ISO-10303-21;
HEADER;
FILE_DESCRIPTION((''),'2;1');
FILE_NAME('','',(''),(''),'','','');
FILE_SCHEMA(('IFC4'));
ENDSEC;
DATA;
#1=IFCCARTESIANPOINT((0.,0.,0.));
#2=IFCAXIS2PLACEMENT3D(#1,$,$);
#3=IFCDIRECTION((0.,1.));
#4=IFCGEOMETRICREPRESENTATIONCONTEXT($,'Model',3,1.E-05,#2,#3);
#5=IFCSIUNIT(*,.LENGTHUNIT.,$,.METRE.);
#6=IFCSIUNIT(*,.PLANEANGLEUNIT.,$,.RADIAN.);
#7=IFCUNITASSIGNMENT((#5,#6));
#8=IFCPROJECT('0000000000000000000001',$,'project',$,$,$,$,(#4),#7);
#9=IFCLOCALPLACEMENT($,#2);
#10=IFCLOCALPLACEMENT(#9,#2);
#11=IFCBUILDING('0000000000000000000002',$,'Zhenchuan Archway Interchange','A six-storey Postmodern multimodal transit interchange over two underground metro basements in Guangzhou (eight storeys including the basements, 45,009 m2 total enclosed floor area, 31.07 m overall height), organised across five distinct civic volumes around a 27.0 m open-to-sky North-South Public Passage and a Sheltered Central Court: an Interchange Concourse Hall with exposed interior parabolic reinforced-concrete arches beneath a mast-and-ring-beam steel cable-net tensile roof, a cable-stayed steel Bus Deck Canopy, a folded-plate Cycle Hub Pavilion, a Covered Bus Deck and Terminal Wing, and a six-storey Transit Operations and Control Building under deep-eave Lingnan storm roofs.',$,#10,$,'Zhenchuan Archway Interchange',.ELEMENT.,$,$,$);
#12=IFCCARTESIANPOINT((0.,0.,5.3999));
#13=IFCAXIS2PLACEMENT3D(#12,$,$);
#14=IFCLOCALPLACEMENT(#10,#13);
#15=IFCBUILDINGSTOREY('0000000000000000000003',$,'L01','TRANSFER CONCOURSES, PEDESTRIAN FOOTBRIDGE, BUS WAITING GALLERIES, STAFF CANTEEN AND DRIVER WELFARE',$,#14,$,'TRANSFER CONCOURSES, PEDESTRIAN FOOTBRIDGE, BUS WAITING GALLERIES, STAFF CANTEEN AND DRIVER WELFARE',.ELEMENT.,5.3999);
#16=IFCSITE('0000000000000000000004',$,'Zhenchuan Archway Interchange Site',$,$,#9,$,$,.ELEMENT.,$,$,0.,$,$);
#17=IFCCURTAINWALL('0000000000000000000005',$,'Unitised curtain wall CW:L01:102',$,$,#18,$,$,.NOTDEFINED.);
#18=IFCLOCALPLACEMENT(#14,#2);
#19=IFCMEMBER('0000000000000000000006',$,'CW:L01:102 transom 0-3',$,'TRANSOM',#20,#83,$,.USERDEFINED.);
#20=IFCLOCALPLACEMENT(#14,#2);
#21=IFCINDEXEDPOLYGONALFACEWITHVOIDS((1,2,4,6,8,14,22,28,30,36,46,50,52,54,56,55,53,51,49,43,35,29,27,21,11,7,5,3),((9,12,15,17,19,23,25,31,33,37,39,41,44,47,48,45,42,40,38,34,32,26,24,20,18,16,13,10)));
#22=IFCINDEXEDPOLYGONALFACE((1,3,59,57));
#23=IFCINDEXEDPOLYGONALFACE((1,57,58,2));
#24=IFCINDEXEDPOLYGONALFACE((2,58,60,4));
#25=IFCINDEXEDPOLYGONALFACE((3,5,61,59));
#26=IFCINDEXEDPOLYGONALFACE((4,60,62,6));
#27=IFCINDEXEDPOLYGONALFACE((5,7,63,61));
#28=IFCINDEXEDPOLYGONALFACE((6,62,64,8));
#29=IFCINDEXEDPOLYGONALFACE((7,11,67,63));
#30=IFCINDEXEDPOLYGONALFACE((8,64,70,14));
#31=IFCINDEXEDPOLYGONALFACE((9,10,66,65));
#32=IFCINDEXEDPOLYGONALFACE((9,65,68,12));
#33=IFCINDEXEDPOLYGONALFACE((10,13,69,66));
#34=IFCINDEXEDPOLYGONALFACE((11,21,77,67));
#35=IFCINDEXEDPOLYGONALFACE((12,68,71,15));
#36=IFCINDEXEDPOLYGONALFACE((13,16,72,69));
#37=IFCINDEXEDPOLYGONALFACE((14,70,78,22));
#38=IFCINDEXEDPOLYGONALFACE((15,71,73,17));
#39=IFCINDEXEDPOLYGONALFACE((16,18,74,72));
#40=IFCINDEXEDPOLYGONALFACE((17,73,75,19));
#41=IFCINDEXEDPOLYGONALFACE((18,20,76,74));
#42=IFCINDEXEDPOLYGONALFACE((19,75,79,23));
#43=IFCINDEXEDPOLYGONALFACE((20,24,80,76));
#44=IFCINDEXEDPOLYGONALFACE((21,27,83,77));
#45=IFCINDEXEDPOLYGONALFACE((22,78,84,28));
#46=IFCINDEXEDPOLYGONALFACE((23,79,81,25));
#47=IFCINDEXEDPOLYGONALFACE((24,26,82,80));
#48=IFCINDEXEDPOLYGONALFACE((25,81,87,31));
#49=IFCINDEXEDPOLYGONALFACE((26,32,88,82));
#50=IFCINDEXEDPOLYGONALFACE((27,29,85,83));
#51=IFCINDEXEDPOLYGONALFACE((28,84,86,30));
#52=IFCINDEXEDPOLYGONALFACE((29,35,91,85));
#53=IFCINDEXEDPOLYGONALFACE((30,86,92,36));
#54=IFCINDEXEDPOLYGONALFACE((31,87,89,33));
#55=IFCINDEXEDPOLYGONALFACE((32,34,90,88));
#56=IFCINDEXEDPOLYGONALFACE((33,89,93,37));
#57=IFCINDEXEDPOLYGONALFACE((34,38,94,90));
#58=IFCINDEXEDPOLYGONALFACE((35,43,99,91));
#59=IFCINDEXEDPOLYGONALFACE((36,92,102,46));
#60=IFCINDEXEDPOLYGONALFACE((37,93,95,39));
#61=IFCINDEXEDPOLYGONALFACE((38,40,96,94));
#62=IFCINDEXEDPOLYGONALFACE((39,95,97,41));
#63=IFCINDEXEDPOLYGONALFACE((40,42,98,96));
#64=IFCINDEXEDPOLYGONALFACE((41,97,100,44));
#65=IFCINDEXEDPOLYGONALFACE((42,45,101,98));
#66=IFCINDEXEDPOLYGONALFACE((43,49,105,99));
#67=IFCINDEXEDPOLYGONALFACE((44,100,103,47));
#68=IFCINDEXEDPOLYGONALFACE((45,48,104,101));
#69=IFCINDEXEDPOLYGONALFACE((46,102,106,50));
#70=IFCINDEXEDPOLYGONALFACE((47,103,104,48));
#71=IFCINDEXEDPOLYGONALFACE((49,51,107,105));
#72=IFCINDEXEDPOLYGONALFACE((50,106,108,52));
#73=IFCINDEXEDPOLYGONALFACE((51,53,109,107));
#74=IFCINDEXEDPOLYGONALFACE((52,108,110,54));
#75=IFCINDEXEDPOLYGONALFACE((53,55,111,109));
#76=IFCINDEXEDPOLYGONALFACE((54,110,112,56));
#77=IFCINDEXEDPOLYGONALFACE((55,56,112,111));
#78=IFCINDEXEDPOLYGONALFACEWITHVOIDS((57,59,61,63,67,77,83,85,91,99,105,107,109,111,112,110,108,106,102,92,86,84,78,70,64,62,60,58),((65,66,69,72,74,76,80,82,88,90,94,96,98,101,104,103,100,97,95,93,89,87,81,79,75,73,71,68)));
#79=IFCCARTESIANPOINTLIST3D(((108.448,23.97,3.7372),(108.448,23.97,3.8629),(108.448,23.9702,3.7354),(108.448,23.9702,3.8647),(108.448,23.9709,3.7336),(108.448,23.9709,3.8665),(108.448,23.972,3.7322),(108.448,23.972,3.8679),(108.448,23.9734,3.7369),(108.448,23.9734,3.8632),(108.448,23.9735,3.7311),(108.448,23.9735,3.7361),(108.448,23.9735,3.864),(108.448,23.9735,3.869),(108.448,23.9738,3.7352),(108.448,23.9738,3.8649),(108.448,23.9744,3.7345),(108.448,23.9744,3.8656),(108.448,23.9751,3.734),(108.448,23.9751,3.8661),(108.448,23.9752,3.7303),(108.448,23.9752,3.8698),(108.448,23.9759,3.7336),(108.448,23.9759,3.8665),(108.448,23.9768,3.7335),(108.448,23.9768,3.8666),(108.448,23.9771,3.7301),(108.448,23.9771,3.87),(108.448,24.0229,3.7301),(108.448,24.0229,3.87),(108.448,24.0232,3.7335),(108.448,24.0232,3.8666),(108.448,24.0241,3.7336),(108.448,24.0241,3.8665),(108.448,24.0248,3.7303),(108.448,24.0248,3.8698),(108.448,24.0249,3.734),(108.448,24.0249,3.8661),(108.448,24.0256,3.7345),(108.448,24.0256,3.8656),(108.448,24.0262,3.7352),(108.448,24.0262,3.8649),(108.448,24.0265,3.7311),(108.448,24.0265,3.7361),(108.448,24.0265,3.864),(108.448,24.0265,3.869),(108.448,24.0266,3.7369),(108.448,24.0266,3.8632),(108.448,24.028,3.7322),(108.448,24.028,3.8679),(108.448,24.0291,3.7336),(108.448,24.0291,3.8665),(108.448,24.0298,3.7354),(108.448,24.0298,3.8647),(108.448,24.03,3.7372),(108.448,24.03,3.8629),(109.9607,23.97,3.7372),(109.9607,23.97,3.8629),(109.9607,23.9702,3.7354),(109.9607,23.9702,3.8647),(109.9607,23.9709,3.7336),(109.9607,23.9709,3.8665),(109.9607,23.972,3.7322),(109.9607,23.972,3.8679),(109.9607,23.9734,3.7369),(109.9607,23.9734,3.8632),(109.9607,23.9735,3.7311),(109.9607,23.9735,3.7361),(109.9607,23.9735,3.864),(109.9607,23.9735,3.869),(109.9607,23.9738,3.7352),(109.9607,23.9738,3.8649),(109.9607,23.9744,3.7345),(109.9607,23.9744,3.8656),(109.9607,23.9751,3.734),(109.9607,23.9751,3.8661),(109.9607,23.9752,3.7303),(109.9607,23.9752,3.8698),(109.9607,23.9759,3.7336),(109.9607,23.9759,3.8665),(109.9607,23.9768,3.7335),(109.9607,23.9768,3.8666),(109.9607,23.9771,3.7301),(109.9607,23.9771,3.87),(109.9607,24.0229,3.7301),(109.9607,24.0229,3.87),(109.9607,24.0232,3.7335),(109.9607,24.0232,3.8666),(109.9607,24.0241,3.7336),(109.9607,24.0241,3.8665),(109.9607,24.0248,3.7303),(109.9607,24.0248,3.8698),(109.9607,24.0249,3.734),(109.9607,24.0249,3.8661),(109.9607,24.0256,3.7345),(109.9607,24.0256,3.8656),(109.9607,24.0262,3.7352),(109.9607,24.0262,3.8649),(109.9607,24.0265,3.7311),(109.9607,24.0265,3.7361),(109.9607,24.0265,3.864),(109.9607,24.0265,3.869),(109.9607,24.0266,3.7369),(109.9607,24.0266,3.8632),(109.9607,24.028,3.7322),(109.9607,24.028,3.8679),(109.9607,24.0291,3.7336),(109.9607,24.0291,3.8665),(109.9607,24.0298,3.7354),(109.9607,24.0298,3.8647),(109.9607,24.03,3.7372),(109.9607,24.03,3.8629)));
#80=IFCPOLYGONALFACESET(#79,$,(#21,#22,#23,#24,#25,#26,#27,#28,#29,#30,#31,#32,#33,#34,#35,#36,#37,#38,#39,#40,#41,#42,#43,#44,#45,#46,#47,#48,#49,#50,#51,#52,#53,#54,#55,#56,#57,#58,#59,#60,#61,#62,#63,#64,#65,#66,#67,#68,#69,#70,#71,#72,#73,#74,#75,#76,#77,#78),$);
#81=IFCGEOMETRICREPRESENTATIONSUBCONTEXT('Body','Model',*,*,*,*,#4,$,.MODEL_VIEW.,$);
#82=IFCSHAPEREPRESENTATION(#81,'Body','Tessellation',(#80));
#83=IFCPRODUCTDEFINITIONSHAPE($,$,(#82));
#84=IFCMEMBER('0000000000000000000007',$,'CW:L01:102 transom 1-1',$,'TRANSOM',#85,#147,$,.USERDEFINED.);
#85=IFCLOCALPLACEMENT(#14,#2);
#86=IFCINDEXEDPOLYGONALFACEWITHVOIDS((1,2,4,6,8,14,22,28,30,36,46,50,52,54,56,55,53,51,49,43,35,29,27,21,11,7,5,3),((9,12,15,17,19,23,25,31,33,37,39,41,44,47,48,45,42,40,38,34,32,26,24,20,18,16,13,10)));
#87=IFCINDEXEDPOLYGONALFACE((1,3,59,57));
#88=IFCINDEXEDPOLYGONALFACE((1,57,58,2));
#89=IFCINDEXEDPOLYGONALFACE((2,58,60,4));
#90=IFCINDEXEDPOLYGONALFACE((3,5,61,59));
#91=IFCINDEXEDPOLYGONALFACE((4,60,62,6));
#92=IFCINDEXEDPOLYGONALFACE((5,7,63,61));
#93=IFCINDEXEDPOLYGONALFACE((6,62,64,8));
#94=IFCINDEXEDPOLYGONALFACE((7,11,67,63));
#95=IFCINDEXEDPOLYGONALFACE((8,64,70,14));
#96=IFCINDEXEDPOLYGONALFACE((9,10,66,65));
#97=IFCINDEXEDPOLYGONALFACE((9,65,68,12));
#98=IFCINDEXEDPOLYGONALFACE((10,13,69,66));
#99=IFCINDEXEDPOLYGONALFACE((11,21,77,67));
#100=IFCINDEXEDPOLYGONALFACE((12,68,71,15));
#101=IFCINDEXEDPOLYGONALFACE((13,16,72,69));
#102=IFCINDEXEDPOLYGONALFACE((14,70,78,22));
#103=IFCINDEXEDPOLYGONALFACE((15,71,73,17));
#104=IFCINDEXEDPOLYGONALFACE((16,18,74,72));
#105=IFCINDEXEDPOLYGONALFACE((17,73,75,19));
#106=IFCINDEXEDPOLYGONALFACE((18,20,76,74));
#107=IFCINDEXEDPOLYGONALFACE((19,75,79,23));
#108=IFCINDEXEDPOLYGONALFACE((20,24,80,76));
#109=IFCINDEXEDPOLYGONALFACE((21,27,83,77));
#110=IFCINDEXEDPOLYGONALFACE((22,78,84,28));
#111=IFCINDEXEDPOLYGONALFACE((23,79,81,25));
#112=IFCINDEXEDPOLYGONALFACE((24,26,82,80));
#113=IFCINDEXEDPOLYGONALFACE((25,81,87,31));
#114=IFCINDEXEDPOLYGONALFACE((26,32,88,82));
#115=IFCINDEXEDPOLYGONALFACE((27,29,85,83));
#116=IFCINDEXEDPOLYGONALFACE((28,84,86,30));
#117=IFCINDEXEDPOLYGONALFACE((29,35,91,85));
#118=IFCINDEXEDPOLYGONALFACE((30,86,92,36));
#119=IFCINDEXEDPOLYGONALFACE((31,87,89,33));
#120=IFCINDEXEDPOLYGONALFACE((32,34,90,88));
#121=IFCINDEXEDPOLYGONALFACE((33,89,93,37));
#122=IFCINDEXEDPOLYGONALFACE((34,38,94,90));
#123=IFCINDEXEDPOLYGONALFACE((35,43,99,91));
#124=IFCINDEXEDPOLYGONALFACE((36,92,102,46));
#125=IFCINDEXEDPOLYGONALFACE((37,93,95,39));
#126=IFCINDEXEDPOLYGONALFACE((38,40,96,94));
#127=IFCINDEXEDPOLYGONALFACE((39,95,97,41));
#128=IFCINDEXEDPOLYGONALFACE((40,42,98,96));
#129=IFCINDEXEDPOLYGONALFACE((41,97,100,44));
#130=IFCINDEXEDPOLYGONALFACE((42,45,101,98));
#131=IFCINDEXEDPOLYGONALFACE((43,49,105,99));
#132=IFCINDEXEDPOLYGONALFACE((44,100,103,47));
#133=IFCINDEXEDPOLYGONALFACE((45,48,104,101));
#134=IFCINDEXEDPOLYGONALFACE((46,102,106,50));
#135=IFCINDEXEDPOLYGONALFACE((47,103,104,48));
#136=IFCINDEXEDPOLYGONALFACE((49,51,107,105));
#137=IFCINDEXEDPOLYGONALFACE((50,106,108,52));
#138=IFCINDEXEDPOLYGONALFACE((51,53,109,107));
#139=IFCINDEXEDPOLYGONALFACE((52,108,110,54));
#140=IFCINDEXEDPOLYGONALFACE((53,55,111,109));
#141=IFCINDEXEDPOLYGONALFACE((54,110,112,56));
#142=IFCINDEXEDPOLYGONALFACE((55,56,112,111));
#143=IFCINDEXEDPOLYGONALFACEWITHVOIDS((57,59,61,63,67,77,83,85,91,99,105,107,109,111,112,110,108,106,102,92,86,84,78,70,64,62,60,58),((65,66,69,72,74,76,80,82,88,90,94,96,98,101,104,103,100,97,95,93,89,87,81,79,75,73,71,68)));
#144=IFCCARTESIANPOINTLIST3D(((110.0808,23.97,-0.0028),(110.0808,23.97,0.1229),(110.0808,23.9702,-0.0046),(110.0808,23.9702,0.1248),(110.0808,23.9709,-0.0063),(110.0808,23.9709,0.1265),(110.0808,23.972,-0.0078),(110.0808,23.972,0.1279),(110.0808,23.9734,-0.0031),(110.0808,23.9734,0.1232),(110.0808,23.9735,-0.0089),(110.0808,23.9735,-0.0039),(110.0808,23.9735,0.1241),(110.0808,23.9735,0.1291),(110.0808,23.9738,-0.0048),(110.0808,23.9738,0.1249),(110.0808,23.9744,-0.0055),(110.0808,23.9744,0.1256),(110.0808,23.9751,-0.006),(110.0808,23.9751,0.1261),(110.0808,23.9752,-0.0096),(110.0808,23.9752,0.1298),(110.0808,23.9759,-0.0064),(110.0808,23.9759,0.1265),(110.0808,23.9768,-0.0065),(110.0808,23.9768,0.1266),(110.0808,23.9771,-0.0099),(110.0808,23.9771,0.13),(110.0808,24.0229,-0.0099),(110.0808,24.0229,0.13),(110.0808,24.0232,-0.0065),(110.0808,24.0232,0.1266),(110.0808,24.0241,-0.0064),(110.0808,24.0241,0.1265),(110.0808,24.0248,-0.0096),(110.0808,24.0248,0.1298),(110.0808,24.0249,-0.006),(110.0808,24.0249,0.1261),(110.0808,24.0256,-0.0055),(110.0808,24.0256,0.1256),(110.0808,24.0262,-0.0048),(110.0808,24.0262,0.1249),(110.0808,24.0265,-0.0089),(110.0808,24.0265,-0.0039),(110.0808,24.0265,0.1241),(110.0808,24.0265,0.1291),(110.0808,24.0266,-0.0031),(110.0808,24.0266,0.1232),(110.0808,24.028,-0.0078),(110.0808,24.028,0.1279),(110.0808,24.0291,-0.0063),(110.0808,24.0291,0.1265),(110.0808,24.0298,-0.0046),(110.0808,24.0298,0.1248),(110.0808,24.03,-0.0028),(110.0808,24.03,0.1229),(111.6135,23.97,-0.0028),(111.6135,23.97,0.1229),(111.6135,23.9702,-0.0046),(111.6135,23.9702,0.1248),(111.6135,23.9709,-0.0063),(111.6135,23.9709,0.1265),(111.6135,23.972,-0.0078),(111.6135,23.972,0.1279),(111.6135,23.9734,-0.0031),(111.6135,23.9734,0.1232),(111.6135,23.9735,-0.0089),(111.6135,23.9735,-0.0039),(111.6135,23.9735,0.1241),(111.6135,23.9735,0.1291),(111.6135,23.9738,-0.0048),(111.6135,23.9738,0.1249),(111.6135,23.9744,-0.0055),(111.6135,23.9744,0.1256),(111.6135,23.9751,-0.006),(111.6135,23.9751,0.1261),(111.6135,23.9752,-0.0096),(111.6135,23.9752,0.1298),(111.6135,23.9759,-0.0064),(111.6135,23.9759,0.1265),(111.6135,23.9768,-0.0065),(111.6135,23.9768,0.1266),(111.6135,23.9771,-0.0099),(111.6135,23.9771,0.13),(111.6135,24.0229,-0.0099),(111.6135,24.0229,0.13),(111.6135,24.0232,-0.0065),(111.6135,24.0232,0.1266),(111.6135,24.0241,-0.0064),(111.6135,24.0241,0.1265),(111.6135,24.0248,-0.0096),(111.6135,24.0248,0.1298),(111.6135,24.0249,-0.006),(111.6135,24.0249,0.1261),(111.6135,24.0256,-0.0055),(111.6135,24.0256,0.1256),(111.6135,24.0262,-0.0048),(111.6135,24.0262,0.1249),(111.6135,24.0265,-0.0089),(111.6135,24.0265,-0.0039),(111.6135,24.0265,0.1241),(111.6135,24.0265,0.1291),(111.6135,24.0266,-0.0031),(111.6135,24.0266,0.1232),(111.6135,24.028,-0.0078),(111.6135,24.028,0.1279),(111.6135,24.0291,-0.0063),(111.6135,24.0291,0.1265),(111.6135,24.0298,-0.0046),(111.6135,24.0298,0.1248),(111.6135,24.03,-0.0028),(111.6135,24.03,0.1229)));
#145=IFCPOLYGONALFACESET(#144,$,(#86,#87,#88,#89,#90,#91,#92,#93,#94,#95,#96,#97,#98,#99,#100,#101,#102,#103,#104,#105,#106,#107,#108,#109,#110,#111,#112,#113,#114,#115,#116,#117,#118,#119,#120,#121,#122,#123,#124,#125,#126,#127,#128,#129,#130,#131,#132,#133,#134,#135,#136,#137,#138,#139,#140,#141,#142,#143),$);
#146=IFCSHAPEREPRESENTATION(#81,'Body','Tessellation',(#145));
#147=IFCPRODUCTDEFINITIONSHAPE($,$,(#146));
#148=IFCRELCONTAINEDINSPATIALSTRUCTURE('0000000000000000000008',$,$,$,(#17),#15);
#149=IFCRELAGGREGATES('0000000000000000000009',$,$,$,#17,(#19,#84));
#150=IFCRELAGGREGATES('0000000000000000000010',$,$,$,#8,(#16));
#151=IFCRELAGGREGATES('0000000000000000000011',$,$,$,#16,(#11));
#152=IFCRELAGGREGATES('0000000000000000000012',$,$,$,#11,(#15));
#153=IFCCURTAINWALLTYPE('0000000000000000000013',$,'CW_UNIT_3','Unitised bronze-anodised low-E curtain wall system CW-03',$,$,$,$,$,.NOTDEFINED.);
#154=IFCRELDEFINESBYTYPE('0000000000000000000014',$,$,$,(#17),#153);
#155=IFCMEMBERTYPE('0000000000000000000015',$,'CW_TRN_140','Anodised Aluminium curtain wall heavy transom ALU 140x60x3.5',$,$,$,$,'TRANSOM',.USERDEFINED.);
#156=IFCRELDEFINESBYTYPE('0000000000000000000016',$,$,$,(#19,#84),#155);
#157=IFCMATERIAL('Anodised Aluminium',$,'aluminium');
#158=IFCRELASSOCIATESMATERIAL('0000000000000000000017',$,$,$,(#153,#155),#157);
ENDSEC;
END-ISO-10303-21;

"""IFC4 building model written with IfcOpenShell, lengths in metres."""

from ifc_helpers import new_model, si_unit, direction, frame, origin, origin_2d, place, context, subcontext, project, spatial, hollow_rectangle, extrude, material, material_profile, profile_set, type_object, element, aggregate, save


model = new_model("IFC4")

# Units and contexts
model_context = context("Model", 3, precision=1e-05, world=origin(), true_north=direction((0.0, 1.0)))
body_context = subcontext(model_context, "Body", "Model", "MODEL_VIEW")
ifc_project = project(units=[si_unit("LENGTHUNIT", "METRE"), si_unit("PLANEANGLEUNIT", "RADIAN")], contexts=[model_context])

# Site, building, storey
site_placement = place(None, origin())
site = spatial("IfcSite", under=ifc_project, at=site_placement, Name="Zhenchuan Archway Interchange Site", CompositionType="ELEMENT", RefElevation=0.0)
building_placement = place(site_placement, origin())
building = spatial("IfcBuilding", under=site, at=building_placement, Name="Zhenchuan Archway Interchange", Description="A six-storey Postmodern multimodal transit interchange over two underground metro basements in Guangzhou (eight storeys including the basements, 45,009 m2 total enclosed floor area, 31.07 m overall height), organised across five distinct civic volumes around a 27.0 m open-to-sky North-South Public Passage and a Sheltered Central Court: an Interchange Concourse Hall with exposed interior parabolic reinforced-concrete arches beneath a mast-and-ring-beam steel cable-net tensile roof, a cable-stayed steel Bus Deck Canopy, a folded-plate Cycle Hub Pavilion, a Covered Bus Deck and Terminal Wing, and a six-storey Transit Operations and Control Building under deep-eave Lingnan storm roofs.", LongName="Zhenchuan Archway Interchange", CompositionType="ELEMENT")
storey_placement = place(building_placement, frame((0.0, 0.0, 5.3999)))
storey = spatial("IfcBuildingStorey", under=building, at=storey_placement, Name="L01", Description="TRANSFER CONCOURSES, PEDESTRIAN FOOTBRIDGE, BUS WAITING GALLERIES, STAFF CANTEEN AND DRIVER WELFARE", LongName="TRANSFER CONCOURSES, PEDESTRIAN FOOTBRIDGE, BUS WAITING GALLERIES, STAFF CANTEEN AND DRIVER WELFARE", CompositionType="ELEMENT", Elevation=5.3999)

# Curtain wall, members
ifc_material_1 = material(Name="Anodised Aluminium", Category="aluminium")
curtain_wall_type = type_object("IfcCurtainWallType", Name="CW_UNIT_3", Description="Unitised bronze-anodised low-E curtain wall system CW-03", PredefinedType="NOTDEFINED", material=ifc_material_1)
curtain_wall_placement = place(storey_placement, origin())
curtain_wall = element("IfcCurtainWall", 1, at=curtain_wall_placement, inside=storey, type_object=curtain_wall_type, Name="Unitised curtain wall CW:L01:102", PredefinedType="NOTDEFINED")
ifc_material_profile_1 = material_profile(ifc_material_1, hollow_rectangle(XDim=0.0601, YDim=0.1399, WallThickness=0.0034, InnerFilletRadius=0.0034, OuterFilletRadius=0.0071, at=origin_2d()), Name="ALU 140x60x3.5")
ifc_profile_set_1 = profile_set([ifc_material_profile_1], Name="Anodised Aluminium")
member_type_1 = type_object("IfcMemberType", Name="CW_TRN_140", Description="Anodised Aluminium curtain wall heavy transom ALU 140x60x3.5", ElementType="TRANSOM", PredefinedType="USERDEFINED", material=ifc_profile_set_1)
member_1_placement = place(storey_placement, frame((108.448, 24.0, 3.8), z_axis=(1.0, 0.0, 0.0), x_axis=(0.0, 1.0, 0.0)))
member_1 = element("IfcMember", 2, at=member_1_placement, type_object=member_type_1, Name="CW:L01:102 transom 0-3", ObjectType="TRANSOM", PredefinedType="USERDEFINED", context=body_context, shape_type="SweptSolid", body=[
    extrude(hollow_rectangle(XDim=0.0601, YDim=0.1399, WallThickness=0.0034, InnerFilletRadius=0.0034, OuterFilletRadius=0.0071, at=origin_2d()), origin(), (0.0, 0.0, 1.0), 1.5127),
])
member_2_placement = place(storey_placement, frame((110.0808, 24.0, 0.0601), z_axis=(1.0, 0.0, 0.0), x_axis=(0.0, 1.0, 0.0)))
member_2 = element("IfcMember", 3, at=member_2_placement, type_object=member_type_1, Name="CW:L01:102 transom 1-1", ObjectType="TRANSOM", PredefinedType="USERDEFINED", context=body_context, shape_type="SweptSolid", body=[
    extrude(hollow_rectangle(XDim=0.0601, YDim=0.1399, WallThickness=0.0034, InnerFilletRadius=0.0034, OuterFilletRadius=0.0071, at=origin_2d()), origin(), (0.0, 0.0, 1.0), 1.5327),
])

aggregate(curtain_wall, [member_1, member_2])

save(model, "model.ifc")
